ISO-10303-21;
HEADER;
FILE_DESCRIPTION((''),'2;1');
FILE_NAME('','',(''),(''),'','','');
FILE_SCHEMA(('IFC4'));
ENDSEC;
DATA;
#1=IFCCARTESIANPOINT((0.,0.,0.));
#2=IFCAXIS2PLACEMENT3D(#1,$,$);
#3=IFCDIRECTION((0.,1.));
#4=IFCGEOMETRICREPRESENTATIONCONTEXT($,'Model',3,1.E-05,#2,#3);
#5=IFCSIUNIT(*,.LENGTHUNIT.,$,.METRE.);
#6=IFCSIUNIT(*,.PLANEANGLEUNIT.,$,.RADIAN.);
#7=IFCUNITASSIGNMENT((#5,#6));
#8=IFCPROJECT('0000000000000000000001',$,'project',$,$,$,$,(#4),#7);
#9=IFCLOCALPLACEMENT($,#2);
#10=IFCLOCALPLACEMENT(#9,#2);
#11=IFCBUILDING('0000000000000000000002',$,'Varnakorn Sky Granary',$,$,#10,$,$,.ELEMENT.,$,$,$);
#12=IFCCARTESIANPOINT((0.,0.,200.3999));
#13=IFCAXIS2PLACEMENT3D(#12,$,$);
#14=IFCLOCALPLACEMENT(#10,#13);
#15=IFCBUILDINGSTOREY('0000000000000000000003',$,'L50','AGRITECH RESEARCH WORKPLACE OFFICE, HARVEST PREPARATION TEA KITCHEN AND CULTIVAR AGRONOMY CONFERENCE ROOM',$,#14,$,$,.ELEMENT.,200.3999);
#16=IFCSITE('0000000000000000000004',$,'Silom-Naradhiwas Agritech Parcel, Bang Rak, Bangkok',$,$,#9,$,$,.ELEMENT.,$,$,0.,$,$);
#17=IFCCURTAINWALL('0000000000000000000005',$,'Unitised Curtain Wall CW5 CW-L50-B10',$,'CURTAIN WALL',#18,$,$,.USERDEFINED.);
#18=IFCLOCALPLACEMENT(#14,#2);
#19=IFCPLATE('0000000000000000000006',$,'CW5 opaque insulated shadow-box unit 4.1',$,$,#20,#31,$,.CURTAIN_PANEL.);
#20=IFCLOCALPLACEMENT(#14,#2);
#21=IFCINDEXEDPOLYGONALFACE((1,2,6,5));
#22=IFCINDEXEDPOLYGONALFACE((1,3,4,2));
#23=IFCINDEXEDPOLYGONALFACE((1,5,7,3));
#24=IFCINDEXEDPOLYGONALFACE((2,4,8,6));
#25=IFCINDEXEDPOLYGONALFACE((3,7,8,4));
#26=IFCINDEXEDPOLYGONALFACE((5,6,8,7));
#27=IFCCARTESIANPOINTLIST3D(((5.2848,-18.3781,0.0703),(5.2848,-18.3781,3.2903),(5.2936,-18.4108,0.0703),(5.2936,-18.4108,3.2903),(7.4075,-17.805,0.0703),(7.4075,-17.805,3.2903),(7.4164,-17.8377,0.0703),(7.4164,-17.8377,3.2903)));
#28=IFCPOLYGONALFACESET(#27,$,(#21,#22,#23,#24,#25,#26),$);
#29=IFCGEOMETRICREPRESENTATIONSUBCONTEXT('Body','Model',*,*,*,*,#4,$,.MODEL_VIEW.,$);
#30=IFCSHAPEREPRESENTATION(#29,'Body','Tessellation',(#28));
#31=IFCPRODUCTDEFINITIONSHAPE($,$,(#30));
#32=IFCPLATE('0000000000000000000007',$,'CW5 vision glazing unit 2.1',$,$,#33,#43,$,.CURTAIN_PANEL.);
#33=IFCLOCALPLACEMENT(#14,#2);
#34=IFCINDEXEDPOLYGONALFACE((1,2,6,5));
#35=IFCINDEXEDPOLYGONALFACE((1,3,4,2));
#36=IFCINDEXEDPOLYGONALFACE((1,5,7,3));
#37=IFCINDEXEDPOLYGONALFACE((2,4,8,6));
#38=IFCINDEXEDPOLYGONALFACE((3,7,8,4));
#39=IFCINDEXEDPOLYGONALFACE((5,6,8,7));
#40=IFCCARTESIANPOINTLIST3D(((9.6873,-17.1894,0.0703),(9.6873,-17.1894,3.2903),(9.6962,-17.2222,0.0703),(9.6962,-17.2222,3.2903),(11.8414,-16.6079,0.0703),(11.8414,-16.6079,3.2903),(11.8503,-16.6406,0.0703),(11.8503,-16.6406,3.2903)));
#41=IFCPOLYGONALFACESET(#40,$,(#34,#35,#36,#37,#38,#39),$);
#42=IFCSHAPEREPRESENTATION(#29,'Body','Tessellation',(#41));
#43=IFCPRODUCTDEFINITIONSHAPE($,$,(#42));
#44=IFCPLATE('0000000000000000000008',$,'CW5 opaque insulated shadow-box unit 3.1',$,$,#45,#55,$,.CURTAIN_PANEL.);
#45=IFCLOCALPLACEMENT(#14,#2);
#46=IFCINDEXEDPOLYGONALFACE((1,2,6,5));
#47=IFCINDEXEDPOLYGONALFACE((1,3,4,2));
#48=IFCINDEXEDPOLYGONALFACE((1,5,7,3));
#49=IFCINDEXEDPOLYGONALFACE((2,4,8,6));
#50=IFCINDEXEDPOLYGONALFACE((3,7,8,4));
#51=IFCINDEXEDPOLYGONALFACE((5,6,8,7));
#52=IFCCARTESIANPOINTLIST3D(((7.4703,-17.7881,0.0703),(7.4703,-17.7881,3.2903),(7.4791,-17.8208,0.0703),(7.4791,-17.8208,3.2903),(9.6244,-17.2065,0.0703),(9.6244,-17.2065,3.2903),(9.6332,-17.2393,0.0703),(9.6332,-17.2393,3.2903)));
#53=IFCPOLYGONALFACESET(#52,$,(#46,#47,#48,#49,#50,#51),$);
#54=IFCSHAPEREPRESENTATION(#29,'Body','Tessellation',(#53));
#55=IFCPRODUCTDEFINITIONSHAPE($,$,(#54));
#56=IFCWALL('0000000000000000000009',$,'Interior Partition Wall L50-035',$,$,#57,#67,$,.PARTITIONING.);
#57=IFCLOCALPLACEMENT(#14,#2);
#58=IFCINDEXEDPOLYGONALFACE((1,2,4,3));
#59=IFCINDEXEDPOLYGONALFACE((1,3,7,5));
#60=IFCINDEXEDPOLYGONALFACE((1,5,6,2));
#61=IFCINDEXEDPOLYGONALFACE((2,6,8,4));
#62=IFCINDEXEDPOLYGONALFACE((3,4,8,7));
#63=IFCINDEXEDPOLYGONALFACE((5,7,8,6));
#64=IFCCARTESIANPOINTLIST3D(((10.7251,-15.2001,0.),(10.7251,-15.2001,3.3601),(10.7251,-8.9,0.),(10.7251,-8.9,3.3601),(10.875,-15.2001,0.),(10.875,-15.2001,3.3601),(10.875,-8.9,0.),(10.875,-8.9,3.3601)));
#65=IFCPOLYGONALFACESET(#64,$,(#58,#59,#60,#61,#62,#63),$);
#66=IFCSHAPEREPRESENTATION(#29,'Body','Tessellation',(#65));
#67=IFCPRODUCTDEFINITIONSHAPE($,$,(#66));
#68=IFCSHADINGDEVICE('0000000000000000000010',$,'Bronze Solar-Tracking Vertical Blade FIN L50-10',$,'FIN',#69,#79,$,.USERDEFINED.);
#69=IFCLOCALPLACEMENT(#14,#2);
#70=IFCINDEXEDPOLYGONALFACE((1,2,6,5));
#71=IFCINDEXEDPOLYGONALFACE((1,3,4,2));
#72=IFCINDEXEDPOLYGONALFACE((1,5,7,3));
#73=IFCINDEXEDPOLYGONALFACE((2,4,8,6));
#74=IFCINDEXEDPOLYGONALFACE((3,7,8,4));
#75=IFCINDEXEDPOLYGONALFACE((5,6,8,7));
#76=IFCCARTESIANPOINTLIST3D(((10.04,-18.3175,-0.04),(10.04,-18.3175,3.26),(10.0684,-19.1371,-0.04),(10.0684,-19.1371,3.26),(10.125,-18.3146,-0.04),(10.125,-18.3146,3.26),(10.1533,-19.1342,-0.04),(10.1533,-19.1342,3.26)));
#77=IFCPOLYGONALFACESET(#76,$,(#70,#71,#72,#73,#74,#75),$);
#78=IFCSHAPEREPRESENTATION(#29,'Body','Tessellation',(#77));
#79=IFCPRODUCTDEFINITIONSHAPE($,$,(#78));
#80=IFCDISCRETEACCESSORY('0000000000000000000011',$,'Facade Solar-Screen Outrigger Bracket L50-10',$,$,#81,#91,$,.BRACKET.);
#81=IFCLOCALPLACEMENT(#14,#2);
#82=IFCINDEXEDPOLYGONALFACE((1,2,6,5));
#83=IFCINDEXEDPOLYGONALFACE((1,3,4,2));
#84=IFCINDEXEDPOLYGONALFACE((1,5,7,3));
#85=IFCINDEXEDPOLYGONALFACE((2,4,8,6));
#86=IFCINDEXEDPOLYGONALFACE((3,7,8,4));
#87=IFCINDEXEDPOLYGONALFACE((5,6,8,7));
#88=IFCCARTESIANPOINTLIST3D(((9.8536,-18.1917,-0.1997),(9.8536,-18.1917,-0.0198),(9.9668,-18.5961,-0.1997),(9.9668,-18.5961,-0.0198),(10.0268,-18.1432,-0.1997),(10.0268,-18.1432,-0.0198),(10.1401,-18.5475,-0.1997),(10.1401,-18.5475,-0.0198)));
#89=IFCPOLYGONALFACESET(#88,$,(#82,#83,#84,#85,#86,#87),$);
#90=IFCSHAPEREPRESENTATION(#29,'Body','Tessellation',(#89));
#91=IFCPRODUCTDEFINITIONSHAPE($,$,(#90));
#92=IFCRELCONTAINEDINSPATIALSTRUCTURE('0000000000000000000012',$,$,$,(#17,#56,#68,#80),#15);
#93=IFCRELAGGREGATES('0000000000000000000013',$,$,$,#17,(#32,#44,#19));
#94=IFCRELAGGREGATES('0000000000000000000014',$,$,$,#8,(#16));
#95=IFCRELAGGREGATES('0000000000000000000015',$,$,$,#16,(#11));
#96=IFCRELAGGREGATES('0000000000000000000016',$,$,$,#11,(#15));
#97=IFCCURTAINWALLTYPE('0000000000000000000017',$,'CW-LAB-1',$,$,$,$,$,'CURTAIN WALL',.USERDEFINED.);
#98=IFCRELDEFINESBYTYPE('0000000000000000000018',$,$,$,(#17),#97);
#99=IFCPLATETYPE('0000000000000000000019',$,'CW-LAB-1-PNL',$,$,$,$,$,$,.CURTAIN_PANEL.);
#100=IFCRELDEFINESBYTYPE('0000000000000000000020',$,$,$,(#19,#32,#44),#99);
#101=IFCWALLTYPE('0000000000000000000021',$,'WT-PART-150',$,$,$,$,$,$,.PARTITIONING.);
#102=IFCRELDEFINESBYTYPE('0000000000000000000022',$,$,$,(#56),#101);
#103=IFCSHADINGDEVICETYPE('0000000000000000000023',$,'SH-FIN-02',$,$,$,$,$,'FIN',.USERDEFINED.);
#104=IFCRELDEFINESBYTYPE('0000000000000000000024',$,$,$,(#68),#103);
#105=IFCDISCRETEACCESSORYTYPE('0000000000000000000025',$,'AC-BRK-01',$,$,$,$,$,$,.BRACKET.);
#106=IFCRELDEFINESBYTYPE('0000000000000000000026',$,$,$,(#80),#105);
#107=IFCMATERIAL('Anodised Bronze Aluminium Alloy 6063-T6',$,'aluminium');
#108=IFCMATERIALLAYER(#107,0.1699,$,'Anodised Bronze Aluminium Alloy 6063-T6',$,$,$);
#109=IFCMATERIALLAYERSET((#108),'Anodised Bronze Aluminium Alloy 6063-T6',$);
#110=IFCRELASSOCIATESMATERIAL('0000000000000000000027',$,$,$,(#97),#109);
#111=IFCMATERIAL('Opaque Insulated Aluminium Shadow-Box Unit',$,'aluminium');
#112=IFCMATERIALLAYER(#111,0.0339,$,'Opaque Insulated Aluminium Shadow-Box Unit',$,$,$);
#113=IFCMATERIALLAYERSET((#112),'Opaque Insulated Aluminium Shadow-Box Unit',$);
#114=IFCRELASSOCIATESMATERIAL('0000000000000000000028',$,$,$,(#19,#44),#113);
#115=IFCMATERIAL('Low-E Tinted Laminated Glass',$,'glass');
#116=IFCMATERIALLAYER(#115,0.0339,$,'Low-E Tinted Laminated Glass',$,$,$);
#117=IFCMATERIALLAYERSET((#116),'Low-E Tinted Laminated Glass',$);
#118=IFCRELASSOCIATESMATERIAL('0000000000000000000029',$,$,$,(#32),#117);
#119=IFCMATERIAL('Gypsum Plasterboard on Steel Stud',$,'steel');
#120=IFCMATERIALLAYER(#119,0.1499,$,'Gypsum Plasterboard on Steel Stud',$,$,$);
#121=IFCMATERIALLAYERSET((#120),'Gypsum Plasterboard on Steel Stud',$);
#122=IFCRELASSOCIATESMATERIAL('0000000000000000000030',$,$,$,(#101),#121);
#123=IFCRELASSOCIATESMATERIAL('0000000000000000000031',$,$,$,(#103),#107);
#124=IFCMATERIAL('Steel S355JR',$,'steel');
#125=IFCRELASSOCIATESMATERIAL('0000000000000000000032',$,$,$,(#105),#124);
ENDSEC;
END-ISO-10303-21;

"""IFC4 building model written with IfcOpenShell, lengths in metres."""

from ifc_helpers import new_model, si_unit, direction, frame, frame_2d, origin, origin_2d, place, context, subcontext, project, spatial, rectangle, extrude, source, transform, mapped, material, layer, layer_set, type_object, type_shapes, element, aggregate, save


model = new_model("IFC4")

# Units and contexts
model_context = context("Model", 3, precision=1e-05, world=origin(), true_north=direction((0.0, 1.0)))
body_context = subcontext(model_context, "Body", "Model", "MODEL_VIEW")
ifc_project = project(units=[si_unit("LENGTHUNIT", "METRE"), si_unit("PLANEANGLEUNIT", "RADIAN")], contexts=[model_context])

# Site, building, storey
site_placement = place(None, origin())
site = spatial("IfcSite", under=ifc_project, at=site_placement, Name="Silom-Naradhiwas Agritech Parcel, Bang Rak, Bangkok", CompositionType="ELEMENT", RefElevation=0.0)
building_placement = place(site_placement, origin())
building = spatial("IfcBuilding", under=site, at=building_placement, Name="Varnakorn Sky Granary", CompositionType="ELEMENT")
storey_placement = place(building_placement, frame((0.0, 0.0, 200.3999)))
storey = spatial("IfcBuildingStorey", under=building, at=storey_placement, Name="L50", Description="AGRITECH RESEARCH WORKPLACE OFFICE, HARVEST PREPARATION TEA KITCHEN AND CULTIVAR AGRONOMY CONFERENCE ROOM", CompositionType="ELEMENT", Elevation=200.3999)

# Shared definitions
ifc_material_1 = material(Name="Steel S355JR", Category="steel")

# Shared definitions
ifc_material_2 = material(Name="Anodised Bronze Aluminium Alloy 6063-T6", Category="aluminium")
ifc_layer_1 = layer(ifc_material_2, 0.1699, Name="Anodised Bronze Aluminium Alloy 6063-T6")
ifc_layer_set_1 = layer_set([ifc_layer_1], Name="Anodised Bronze Aluminium Alloy 6063-T6")
curtain_wall_type = type_object("IfcCurtainWallType", Name="CW-LAB-1", ElementType="CURTAIN WALL", PredefinedType="USERDEFINED", material=ifc_layer_set_1)

# Curtain wall
curtain_wall_1_placement = place(storey_placement, origin())
curtain_wall_1 = element("IfcCurtainWall", 1, at=curtain_wall_1_placement, inside=storey, type_object=curtain_wall_type, Name="Unitised Curtain Wall CW5 CW-L50-B10", ObjectType="CURTAIN WALL", PredefinedType="USERDEFINED")

# Plates
ifc_material_3 = material(Name="Opaque Insulated Aluminium Shadow-Box Unit", Category="aluminium")
ifc_layer_2 = layer(ifc_material_3, 0.0339, Name="Opaque Insulated Aluminium Shadow-Box Unit")
ifc_layer_set_2 = layer_set([ifc_layer_2], Name="Opaque Insulated Aluminium Shadow-Box Unit")
plate_type = type_object("IfcPlateType", Name="CW-LAB-1-PNL", PredefinedType="CURTAIN_PANEL")
shared_shape_1 = source(origin(), body_context, "Body", "SweptSolid", [
    extrude(rectangle(XDim=2.1987, YDim=0.0339, at=origin_2d()), origin(), (0.0, 0.0, 1.0), 3.22),
])
plate_1_placement = place(storey_placement, frame((6.3506, -18.1079, 0.0703), z_axis=(0.0, 0.0, 1.0), x_axis=(-0.965435, -0.260643, 0.0)))
plate_1 = element("IfcPlate", 2, at=plate_1_placement, type_object=plate_type, material=ifc_layer_set_2, Name="CW5 opaque insulated shadow-box unit 4.1", PredefinedType="CURTAIN_PANEL", context=body_context, shape_type="MappedRepresentation", body=[
    mapped(shared_shape_1, transform((0.0, 0.0, 0.0), x_axis=(1.0, 0.0, 0.0), y_axis=(0.0, 1.0, 0.0), z_axis=(0.0, 0.0, 1.0), scale=1.0)),
])
ifc_material_4 = material(Name="Low-E Tinted Laminated Glass", Category="glass")
ifc_layer_3 = layer(ifc_material_4, 0.0339, Name="Low-E Tinted Laminated Glass")
ifc_layer_set_3 = layer_set([ifc_layer_3], Name="Low-E Tinted Laminated Glass")
shared_shape_2 = source(origin(), body_context, "Body", "SweptSolid", [
    extrude(rectangle(XDim=2.2312, YDim=0.0339, at=origin_2d()), origin(), (0.0, 0.0, 1.0), 3.22),
])
type_shapes(plate_type, [shared_shape_1, shared_shape_2])
plate_2_placement = place(storey_placement, frame((10.7688, -16.915, 0.0703), z_axis=(0.0, 0.0, 1.0), x_axis=(-0.965435, -0.260643, 0.0)))
plate_2 = element("IfcPlate", 3, at=plate_2_placement, type_object=plate_type, material=ifc_layer_set_3, Name="CW5 vision glazing unit 2.1", PredefinedType="CURTAIN_PANEL", context=body_context, shape_type="MappedRepresentation", body=[
    mapped(shared_shape_2, transform((0.0, 0.0, 0.0), x_axis=(1.0, 0.0, 0.0), y_axis=(0.0, 1.0, 0.0), z_axis=(0.0, 0.0, 1.0), scale=1.0)),
])
plate_3_placement = place(storey_placement, frame((8.5518, -17.5137, 0.0703), z_axis=(0.0, 0.0, 1.0), x_axis=(-0.965435, -0.260643, 0.0)))
plate_3 = element("IfcPlate", 4, at=plate_3_placement, type_object=plate_type, material=ifc_layer_set_2, Name="CW5 opaque insulated shadow-box unit 3.1", PredefinedType="CURTAIN_PANEL", context=body_context, shape_type="MappedRepresentation", body=[
    mapped(shared_shape_2, transform((0.0, 0.0, 0.0), x_axis=(1.0, 0.0, 0.0), y_axis=(0.0, 1.0, 0.0), z_axis=(0.0, 0.0, 1.0), scale=1.0)),
])
aggregate(curtain_wall_1, [plate_2, plate_3, plate_1])

# Wall
ifc_material_5 = material(Name="Gypsum Plasterboard on Steel Stud", Category="steel")
ifc_layer_4 = layer(ifc_material_5, 0.1499, Name="Gypsum Plasterboard on Steel Stud")
ifc_layer_set_4 = layer_set([ifc_layer_4], Name="Gypsum Plasterboard on Steel Stud")
wall_type = type_object("IfcWallType", Name="WT-PART-150", PredefinedType="PARTITIONING", material=ifc_layer_set_4)
wall_1_placement = place(storey_placement, frame((10.8, -15.2, 0.0), z_axis=(0.0, 0.0, 1.0), x_axis=(0.0, 1.0, 0.0)))
element("IfcWall", 5, at=wall_1_placement, inside=storey, type_object=wall_type, Name="Interior Partition Wall L50-035", PredefinedType="PARTITIONING", context=body_context, shape_type="SweptSolid", body=[
    extrude(rectangle(XDim=6.3, YDim=0.1499, at=frame_2d((3.1499, 0.0))), origin(), (0.0, 0.0, 1.0), 3.3601),
])

# Shading device
shading_device_type = type_object("IfcShadingDeviceType", Name="SH-FIN-02", ElementType="FIN", PredefinedType="USERDEFINED", material=ifc_material_2)
shared_shape_3 = source(origin(), body_context, "Body", "SweptSolid", [
    extrude(rectangle(XDim=0.085, YDim=0.8201, at=origin_2d()), origin(), (0.0, 0.0, 1.0), 3.3),
])
type_shapes(shading_device_type, [shared_shape_3])
shading_device_placement = place(storey_placement, frame((10.0967, -18.7258, -0.04), z_axis=(0.0, 0.0, 1.0), x_axis=(0.999402, 0.034572, 0.0)))
element("IfcShadingDevice", 6, at=shading_device_placement, inside=storey, type_object=shading_device_type, Name="Bronze Solar-Tracking Vertical Blade FIN L50-10", ObjectType="FIN", PredefinedType="USERDEFINED", context=body_context, shape_type="MappedRepresentation", body=[
    mapped(shared_shape_3, transform((0.0, 0.0, 0.0), x_axis=(1.0, 0.0, 0.0), y_axis=(0.0, 1.0, 0.0), z_axis=(0.0, 0.0, 1.0), scale=1.0)),
])

# Discrete accessory
discrete_accessory_type = type_object("IfcDiscreteAccessoryType", Name="AC-BRK-01", PredefinedType="BRACKET", material=ifc_material_1)
shared_shape_4 = source(origin(), body_context, "Body", "SweptSolid", [
    extrude(rectangle(XDim=0.1799, YDim=0.4199, at=origin_2d()), origin(), (0.0, 0.0, 1.0), 0.1799),
])
type_shapes(discrete_accessory_type, [shared_shape_4])
discrete_accessory_placement = place(storey_placement, frame((9.9968, -18.3696, -0.1997), z_axis=(0.0, 0.0, 1.0), x_axis=(0.962918, 0.269794, 0.0)))
element("IfcDiscreteAccessory", 7, at=discrete_accessory_placement, inside=storey, type_object=discrete_accessory_type, Name="Facade Solar-Screen Outrigger Bracket L50-10", PredefinedType="BRACKET", context=body_context, shape_type="MappedRepresentation", body=[
    mapped(shared_shape_4, transform((0.0, 0.0, 0.0), x_axis=(1.0, 0.0, 0.0), y_axis=(0.0, 1.0, 0.0), z_axis=(0.0, 0.0, 1.0), scale=1.0)),
])

save(model, "model.ifc")
